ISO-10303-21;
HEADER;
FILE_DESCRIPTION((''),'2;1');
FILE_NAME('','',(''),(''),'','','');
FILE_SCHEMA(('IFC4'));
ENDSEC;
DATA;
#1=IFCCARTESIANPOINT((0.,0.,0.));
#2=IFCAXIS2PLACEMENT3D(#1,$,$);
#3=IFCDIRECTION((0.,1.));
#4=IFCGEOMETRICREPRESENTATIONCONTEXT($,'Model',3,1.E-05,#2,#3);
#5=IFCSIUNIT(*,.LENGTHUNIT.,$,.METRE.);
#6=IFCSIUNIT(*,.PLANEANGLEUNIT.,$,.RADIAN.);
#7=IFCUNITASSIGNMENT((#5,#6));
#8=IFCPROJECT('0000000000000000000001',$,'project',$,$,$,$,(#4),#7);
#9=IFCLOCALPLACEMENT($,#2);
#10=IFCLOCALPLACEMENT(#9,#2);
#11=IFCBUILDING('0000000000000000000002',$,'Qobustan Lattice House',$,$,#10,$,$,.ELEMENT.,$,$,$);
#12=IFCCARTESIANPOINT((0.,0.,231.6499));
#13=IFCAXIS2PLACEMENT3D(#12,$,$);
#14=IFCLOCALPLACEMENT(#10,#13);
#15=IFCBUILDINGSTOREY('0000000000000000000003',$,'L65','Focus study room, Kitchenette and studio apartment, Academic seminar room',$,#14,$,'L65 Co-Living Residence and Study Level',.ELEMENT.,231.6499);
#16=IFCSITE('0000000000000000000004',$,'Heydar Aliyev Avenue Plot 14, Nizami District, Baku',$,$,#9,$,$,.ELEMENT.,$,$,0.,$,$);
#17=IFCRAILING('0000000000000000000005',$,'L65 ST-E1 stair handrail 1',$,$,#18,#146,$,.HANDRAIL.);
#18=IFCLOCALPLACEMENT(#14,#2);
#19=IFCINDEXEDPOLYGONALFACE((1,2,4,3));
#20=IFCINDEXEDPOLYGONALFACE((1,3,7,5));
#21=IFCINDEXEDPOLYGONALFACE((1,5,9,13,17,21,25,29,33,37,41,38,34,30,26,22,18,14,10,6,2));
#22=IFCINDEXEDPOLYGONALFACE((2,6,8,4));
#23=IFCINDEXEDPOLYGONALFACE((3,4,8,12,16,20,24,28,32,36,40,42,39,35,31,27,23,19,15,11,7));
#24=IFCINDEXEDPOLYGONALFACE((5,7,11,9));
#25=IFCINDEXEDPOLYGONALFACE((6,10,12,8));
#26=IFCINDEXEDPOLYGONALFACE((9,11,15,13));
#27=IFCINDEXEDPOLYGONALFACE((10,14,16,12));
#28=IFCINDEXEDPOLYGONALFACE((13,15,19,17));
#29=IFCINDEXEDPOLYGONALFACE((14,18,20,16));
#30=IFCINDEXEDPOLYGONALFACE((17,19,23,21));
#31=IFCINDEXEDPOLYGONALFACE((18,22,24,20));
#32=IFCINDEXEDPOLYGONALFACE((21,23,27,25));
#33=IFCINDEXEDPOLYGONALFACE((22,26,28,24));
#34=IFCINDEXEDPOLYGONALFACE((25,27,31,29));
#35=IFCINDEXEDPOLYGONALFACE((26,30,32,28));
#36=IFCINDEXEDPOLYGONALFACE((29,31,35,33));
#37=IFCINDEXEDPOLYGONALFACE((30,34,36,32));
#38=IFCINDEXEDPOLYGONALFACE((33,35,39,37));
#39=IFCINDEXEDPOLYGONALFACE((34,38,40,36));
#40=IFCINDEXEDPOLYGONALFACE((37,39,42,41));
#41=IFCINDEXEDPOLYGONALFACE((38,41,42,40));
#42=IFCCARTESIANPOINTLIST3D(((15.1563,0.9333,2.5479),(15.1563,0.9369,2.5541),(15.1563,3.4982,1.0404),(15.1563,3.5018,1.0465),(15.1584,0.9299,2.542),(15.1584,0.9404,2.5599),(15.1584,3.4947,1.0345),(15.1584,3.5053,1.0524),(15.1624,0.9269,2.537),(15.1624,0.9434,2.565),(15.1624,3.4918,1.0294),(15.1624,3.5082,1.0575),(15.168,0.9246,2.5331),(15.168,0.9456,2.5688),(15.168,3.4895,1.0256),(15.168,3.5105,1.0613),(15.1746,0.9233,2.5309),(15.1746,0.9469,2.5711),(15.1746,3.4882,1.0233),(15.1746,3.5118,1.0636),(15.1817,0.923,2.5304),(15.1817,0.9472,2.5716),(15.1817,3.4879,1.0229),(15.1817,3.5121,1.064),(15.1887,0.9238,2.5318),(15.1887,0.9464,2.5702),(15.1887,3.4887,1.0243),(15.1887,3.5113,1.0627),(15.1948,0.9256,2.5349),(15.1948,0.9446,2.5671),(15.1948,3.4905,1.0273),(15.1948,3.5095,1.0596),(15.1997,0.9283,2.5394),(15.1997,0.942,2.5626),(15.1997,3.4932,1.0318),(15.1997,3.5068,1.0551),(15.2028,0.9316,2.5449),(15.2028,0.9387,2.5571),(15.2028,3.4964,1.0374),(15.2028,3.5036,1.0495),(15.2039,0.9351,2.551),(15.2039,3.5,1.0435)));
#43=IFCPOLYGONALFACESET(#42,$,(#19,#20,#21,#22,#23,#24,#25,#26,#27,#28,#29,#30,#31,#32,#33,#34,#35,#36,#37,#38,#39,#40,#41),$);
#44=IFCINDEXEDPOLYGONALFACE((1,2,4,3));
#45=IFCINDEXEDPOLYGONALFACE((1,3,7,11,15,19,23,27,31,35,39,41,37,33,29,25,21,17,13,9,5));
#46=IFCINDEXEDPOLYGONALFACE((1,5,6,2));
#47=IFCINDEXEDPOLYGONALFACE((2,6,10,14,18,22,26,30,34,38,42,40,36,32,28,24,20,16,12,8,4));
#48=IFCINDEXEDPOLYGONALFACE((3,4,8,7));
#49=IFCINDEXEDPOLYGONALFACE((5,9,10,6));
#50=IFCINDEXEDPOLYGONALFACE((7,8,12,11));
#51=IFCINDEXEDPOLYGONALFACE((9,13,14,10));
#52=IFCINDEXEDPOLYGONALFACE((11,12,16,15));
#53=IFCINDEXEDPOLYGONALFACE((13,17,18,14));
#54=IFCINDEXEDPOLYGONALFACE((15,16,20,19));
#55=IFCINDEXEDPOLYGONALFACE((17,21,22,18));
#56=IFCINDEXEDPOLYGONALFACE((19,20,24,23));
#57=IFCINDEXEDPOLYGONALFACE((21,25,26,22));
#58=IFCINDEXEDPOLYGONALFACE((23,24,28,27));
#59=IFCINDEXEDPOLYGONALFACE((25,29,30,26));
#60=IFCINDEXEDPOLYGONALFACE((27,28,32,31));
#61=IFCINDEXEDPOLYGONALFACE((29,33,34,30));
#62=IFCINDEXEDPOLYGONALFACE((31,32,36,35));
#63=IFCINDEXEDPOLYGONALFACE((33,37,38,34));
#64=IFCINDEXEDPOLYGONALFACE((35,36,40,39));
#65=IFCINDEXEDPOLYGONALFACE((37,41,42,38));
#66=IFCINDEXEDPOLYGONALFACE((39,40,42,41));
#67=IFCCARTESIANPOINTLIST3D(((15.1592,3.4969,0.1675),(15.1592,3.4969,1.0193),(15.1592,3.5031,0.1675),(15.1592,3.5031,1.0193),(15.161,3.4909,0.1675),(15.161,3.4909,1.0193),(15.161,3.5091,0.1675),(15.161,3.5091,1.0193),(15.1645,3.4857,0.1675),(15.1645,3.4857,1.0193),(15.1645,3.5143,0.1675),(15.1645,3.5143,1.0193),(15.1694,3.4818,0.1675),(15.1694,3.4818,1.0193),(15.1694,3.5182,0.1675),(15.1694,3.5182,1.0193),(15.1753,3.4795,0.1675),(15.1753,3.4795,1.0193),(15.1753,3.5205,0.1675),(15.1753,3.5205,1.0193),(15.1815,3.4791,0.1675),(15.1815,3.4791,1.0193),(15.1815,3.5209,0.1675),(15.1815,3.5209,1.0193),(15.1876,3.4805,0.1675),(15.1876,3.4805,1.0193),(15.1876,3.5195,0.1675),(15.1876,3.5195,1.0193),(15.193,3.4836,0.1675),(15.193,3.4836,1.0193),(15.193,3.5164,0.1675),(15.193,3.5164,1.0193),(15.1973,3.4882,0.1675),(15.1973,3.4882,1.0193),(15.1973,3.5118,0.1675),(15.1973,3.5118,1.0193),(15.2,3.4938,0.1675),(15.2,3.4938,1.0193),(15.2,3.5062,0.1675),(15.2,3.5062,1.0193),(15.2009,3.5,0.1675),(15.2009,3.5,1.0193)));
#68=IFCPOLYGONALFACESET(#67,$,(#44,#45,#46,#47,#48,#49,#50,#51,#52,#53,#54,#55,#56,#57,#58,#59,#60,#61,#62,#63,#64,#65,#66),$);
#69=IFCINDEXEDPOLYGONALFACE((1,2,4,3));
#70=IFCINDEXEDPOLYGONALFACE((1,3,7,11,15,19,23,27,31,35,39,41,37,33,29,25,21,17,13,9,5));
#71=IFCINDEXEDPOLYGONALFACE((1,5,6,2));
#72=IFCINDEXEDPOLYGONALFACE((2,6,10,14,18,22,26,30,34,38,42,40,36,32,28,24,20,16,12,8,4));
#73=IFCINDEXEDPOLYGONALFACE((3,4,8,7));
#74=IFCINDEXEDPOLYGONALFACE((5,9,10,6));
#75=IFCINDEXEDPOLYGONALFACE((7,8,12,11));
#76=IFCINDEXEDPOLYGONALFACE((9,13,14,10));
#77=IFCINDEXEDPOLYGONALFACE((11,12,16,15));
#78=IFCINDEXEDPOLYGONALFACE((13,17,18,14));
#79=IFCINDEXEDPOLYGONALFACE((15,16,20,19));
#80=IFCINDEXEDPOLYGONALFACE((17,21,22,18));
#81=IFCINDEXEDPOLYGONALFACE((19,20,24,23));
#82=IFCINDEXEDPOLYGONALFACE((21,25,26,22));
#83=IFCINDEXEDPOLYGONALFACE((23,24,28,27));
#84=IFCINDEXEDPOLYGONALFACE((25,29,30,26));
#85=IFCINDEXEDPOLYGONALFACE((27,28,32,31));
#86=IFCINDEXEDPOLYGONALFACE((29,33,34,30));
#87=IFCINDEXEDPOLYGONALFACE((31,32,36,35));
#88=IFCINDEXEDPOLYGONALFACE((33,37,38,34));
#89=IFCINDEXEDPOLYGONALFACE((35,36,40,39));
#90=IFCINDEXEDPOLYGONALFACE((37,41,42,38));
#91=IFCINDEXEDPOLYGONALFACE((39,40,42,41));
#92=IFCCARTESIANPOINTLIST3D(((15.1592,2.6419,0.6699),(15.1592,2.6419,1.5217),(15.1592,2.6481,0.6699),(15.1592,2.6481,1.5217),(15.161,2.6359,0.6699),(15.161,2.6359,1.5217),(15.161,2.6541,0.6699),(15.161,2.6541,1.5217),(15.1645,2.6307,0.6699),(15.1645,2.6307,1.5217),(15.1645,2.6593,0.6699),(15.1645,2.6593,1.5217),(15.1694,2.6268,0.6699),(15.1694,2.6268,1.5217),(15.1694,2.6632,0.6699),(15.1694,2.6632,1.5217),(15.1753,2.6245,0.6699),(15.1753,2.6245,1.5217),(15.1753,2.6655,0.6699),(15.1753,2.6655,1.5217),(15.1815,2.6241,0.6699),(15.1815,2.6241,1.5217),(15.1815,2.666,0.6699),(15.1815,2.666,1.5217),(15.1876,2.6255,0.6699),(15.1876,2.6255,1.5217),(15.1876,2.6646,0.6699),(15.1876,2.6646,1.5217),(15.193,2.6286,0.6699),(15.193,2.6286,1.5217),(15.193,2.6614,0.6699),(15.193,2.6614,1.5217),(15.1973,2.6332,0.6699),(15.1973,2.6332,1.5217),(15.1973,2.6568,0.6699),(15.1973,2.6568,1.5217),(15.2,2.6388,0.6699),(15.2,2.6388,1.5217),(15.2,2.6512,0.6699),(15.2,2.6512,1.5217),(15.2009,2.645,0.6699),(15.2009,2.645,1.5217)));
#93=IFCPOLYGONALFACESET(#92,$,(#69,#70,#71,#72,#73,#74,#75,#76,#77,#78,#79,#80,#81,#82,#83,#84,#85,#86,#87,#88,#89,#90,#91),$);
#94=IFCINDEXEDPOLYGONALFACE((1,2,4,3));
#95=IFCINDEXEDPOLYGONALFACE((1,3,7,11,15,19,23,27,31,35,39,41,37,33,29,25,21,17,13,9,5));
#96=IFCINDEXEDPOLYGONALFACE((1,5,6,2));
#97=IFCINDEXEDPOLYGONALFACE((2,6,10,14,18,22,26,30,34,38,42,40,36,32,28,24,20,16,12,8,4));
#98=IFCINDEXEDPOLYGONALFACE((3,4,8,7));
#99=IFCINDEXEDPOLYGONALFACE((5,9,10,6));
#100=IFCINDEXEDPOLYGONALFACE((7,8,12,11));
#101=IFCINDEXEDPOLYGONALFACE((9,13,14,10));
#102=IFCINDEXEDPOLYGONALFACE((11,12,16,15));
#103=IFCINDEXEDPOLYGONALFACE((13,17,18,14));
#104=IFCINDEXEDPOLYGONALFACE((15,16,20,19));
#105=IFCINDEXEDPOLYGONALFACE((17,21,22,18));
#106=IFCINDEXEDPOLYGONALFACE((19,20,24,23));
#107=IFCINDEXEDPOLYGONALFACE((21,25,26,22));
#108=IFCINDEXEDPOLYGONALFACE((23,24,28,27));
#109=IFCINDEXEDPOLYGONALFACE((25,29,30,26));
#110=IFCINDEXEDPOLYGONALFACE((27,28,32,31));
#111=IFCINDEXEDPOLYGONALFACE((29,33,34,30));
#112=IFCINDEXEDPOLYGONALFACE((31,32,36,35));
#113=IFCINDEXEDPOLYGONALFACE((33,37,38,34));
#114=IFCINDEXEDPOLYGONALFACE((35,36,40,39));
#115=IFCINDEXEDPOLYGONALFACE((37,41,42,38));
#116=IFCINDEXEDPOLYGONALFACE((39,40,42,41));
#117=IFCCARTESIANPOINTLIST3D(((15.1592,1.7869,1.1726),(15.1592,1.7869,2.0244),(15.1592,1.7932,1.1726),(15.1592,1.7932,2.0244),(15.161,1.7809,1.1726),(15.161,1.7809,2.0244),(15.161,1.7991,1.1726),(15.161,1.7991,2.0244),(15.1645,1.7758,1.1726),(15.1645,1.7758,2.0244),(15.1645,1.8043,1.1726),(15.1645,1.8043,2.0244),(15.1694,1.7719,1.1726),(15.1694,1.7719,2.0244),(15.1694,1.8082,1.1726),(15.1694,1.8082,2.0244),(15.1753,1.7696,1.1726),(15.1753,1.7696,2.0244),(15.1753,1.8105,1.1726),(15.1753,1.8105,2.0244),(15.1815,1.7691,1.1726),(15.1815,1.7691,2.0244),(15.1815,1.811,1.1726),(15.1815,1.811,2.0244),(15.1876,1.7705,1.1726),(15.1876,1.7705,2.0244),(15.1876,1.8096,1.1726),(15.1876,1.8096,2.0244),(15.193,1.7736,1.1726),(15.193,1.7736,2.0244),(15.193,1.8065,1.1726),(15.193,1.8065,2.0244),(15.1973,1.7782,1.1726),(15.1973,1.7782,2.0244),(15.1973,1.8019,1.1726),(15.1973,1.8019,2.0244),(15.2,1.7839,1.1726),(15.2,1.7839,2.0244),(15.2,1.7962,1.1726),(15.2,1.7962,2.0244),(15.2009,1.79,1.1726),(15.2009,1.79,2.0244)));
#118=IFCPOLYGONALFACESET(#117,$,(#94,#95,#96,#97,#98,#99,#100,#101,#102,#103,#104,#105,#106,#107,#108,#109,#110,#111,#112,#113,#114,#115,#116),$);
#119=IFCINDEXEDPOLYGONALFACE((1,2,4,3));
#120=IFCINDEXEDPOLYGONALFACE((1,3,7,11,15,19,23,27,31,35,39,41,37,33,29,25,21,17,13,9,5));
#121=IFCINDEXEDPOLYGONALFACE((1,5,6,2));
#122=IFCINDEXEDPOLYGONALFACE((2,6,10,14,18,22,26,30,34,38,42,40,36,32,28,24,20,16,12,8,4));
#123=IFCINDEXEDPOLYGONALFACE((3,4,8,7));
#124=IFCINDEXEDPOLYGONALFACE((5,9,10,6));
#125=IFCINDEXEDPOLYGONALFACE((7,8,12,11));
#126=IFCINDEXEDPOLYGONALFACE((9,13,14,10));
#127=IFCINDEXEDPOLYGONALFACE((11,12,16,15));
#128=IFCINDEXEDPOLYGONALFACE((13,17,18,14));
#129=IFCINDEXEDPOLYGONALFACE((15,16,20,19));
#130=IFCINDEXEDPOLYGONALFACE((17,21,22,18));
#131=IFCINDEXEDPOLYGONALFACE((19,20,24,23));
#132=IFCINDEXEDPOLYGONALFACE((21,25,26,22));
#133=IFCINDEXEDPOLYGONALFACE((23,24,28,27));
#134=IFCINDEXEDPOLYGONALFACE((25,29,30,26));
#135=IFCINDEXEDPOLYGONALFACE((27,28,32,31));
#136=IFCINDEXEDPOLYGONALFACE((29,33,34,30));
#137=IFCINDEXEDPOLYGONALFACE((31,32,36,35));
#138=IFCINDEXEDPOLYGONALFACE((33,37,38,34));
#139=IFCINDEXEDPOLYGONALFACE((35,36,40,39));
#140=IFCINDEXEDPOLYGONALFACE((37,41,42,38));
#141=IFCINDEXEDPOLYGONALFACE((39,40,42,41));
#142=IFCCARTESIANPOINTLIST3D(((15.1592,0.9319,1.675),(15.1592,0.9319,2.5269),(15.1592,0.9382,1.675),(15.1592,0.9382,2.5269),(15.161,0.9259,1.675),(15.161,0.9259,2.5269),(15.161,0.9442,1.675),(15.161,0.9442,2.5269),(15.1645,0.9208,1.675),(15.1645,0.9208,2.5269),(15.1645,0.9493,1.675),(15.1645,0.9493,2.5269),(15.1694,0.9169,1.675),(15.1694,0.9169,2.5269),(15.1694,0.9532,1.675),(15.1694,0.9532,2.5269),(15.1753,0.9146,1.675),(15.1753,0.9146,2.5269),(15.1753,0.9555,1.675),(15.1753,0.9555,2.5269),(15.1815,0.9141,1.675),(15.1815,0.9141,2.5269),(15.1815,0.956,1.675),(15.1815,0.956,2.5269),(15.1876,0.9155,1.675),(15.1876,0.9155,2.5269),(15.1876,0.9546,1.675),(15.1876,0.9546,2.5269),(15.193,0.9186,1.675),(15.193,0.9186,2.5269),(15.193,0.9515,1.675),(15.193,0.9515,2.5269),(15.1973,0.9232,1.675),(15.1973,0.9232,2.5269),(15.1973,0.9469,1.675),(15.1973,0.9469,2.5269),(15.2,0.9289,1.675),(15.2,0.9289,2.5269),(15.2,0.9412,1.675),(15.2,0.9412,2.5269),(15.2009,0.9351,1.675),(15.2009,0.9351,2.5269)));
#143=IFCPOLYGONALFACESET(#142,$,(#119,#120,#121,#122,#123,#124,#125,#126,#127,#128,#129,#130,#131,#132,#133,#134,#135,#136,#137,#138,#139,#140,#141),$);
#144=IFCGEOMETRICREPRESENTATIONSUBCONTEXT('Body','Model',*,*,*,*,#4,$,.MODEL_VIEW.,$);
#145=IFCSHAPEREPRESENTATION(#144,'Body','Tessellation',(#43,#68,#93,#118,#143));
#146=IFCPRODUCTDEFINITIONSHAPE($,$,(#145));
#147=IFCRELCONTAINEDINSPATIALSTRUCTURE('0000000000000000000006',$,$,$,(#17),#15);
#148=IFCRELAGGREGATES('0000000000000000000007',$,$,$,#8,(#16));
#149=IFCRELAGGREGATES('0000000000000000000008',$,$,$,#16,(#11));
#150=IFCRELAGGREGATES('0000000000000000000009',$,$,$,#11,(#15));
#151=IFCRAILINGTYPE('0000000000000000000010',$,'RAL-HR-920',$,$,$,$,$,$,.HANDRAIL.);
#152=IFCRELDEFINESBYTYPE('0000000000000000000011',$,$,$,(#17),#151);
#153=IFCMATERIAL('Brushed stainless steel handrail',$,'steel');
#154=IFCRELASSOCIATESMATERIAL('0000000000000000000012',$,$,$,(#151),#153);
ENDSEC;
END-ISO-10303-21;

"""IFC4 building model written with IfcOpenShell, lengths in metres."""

from ifc_helpers import new_model, si_unit, direction, frame, origin, origin_2d, place, context, subcontext, project, spatial, circle, extrude, material, type_object, element, save


model = new_model("IFC4")

# Units and contexts
model_context = context("Model", 3, precision=1e-05, world=origin(), true_north=direction((0.0, 1.0)))
body_context = subcontext(model_context, "Body", "Model", "MODEL_VIEW")
ifc_project = project(units=[si_unit("LENGTHUNIT", "METRE"), si_unit("PLANEANGLEUNIT", "RADIAN")], contexts=[model_context])

# Site, building, storey
site_placement = place(None, origin())
site = spatial("IfcSite", under=ifc_project, at=site_placement, Name="Heydar Aliyev Avenue Plot 14, Nizami District, Baku", CompositionType="ELEMENT", RefElevation=0.0)
building_placement = place(site_placement, origin())
building = spatial("IfcBuilding", under=site, at=building_placement, Name="Qobustan Lattice House", CompositionType="ELEMENT")
storey_placement = place(building_placement, frame((0.0, 0.0, 231.6499)))
storey = spatial("IfcBuildingStorey", under=building, at=storey_placement, Name="L65", Description="Focus study room, Kitchenette and studio apartment, Academic seminar room", LongName="L65 Co-Living Residence and Study Level", CompositionType="ELEMENT", Elevation=231.6499)

# Railing
ifc_material_1 = material(Name="Brushed stainless steel handrail", Category="steel")
railing_type_1 = type_object("IfcRailingType", Name="RAL-HR-920", PredefinedType="HANDRAIL", material=ifc_material_1)
railing_1_placement = place(storey_placement, frame((15.1799, 3.5, 0.1675)))
element("IfcRailing", 1, at=railing_1_placement, inside=storey, type_object=railing_type_1, Name="L65 ST-E1 stair handrail 1", PredefinedType="HANDRAIL", context=body_context, shape_type="SweptSolid", body=[
    extrude(circle(Radius=0.0239, at=origin_2d()), frame((0.0, 0.0, 0.876), z_axis=(0.0, -0.862113, 0.506715), x_axis=(1.0, 0.0, 0.0)), (0.0, 0.0, 1.0), 2.9751),
    extrude(circle(Radius=0.021, at=origin_2d()), origin(), (0.0, 0.0, 1.0), 0.8518),
    extrude(circle(Radius=0.021, at=origin_2d()), frame((0.0, -0.855, 0.5024)), (0.0, 0.0, 1.0), 0.8518),
    extrude(circle(Radius=0.021, at=origin_2d()), frame((0.0, -1.71, 1.0051)), (0.0, 0.0, 1.0), 0.8518),
    extrude(circle(Radius=0.021, at=origin_2d()), frame((0.0, -2.5649, 1.5076)), (0.0, 0.0, 1.0), 0.8518),
])

save(model, "model.ifc")
